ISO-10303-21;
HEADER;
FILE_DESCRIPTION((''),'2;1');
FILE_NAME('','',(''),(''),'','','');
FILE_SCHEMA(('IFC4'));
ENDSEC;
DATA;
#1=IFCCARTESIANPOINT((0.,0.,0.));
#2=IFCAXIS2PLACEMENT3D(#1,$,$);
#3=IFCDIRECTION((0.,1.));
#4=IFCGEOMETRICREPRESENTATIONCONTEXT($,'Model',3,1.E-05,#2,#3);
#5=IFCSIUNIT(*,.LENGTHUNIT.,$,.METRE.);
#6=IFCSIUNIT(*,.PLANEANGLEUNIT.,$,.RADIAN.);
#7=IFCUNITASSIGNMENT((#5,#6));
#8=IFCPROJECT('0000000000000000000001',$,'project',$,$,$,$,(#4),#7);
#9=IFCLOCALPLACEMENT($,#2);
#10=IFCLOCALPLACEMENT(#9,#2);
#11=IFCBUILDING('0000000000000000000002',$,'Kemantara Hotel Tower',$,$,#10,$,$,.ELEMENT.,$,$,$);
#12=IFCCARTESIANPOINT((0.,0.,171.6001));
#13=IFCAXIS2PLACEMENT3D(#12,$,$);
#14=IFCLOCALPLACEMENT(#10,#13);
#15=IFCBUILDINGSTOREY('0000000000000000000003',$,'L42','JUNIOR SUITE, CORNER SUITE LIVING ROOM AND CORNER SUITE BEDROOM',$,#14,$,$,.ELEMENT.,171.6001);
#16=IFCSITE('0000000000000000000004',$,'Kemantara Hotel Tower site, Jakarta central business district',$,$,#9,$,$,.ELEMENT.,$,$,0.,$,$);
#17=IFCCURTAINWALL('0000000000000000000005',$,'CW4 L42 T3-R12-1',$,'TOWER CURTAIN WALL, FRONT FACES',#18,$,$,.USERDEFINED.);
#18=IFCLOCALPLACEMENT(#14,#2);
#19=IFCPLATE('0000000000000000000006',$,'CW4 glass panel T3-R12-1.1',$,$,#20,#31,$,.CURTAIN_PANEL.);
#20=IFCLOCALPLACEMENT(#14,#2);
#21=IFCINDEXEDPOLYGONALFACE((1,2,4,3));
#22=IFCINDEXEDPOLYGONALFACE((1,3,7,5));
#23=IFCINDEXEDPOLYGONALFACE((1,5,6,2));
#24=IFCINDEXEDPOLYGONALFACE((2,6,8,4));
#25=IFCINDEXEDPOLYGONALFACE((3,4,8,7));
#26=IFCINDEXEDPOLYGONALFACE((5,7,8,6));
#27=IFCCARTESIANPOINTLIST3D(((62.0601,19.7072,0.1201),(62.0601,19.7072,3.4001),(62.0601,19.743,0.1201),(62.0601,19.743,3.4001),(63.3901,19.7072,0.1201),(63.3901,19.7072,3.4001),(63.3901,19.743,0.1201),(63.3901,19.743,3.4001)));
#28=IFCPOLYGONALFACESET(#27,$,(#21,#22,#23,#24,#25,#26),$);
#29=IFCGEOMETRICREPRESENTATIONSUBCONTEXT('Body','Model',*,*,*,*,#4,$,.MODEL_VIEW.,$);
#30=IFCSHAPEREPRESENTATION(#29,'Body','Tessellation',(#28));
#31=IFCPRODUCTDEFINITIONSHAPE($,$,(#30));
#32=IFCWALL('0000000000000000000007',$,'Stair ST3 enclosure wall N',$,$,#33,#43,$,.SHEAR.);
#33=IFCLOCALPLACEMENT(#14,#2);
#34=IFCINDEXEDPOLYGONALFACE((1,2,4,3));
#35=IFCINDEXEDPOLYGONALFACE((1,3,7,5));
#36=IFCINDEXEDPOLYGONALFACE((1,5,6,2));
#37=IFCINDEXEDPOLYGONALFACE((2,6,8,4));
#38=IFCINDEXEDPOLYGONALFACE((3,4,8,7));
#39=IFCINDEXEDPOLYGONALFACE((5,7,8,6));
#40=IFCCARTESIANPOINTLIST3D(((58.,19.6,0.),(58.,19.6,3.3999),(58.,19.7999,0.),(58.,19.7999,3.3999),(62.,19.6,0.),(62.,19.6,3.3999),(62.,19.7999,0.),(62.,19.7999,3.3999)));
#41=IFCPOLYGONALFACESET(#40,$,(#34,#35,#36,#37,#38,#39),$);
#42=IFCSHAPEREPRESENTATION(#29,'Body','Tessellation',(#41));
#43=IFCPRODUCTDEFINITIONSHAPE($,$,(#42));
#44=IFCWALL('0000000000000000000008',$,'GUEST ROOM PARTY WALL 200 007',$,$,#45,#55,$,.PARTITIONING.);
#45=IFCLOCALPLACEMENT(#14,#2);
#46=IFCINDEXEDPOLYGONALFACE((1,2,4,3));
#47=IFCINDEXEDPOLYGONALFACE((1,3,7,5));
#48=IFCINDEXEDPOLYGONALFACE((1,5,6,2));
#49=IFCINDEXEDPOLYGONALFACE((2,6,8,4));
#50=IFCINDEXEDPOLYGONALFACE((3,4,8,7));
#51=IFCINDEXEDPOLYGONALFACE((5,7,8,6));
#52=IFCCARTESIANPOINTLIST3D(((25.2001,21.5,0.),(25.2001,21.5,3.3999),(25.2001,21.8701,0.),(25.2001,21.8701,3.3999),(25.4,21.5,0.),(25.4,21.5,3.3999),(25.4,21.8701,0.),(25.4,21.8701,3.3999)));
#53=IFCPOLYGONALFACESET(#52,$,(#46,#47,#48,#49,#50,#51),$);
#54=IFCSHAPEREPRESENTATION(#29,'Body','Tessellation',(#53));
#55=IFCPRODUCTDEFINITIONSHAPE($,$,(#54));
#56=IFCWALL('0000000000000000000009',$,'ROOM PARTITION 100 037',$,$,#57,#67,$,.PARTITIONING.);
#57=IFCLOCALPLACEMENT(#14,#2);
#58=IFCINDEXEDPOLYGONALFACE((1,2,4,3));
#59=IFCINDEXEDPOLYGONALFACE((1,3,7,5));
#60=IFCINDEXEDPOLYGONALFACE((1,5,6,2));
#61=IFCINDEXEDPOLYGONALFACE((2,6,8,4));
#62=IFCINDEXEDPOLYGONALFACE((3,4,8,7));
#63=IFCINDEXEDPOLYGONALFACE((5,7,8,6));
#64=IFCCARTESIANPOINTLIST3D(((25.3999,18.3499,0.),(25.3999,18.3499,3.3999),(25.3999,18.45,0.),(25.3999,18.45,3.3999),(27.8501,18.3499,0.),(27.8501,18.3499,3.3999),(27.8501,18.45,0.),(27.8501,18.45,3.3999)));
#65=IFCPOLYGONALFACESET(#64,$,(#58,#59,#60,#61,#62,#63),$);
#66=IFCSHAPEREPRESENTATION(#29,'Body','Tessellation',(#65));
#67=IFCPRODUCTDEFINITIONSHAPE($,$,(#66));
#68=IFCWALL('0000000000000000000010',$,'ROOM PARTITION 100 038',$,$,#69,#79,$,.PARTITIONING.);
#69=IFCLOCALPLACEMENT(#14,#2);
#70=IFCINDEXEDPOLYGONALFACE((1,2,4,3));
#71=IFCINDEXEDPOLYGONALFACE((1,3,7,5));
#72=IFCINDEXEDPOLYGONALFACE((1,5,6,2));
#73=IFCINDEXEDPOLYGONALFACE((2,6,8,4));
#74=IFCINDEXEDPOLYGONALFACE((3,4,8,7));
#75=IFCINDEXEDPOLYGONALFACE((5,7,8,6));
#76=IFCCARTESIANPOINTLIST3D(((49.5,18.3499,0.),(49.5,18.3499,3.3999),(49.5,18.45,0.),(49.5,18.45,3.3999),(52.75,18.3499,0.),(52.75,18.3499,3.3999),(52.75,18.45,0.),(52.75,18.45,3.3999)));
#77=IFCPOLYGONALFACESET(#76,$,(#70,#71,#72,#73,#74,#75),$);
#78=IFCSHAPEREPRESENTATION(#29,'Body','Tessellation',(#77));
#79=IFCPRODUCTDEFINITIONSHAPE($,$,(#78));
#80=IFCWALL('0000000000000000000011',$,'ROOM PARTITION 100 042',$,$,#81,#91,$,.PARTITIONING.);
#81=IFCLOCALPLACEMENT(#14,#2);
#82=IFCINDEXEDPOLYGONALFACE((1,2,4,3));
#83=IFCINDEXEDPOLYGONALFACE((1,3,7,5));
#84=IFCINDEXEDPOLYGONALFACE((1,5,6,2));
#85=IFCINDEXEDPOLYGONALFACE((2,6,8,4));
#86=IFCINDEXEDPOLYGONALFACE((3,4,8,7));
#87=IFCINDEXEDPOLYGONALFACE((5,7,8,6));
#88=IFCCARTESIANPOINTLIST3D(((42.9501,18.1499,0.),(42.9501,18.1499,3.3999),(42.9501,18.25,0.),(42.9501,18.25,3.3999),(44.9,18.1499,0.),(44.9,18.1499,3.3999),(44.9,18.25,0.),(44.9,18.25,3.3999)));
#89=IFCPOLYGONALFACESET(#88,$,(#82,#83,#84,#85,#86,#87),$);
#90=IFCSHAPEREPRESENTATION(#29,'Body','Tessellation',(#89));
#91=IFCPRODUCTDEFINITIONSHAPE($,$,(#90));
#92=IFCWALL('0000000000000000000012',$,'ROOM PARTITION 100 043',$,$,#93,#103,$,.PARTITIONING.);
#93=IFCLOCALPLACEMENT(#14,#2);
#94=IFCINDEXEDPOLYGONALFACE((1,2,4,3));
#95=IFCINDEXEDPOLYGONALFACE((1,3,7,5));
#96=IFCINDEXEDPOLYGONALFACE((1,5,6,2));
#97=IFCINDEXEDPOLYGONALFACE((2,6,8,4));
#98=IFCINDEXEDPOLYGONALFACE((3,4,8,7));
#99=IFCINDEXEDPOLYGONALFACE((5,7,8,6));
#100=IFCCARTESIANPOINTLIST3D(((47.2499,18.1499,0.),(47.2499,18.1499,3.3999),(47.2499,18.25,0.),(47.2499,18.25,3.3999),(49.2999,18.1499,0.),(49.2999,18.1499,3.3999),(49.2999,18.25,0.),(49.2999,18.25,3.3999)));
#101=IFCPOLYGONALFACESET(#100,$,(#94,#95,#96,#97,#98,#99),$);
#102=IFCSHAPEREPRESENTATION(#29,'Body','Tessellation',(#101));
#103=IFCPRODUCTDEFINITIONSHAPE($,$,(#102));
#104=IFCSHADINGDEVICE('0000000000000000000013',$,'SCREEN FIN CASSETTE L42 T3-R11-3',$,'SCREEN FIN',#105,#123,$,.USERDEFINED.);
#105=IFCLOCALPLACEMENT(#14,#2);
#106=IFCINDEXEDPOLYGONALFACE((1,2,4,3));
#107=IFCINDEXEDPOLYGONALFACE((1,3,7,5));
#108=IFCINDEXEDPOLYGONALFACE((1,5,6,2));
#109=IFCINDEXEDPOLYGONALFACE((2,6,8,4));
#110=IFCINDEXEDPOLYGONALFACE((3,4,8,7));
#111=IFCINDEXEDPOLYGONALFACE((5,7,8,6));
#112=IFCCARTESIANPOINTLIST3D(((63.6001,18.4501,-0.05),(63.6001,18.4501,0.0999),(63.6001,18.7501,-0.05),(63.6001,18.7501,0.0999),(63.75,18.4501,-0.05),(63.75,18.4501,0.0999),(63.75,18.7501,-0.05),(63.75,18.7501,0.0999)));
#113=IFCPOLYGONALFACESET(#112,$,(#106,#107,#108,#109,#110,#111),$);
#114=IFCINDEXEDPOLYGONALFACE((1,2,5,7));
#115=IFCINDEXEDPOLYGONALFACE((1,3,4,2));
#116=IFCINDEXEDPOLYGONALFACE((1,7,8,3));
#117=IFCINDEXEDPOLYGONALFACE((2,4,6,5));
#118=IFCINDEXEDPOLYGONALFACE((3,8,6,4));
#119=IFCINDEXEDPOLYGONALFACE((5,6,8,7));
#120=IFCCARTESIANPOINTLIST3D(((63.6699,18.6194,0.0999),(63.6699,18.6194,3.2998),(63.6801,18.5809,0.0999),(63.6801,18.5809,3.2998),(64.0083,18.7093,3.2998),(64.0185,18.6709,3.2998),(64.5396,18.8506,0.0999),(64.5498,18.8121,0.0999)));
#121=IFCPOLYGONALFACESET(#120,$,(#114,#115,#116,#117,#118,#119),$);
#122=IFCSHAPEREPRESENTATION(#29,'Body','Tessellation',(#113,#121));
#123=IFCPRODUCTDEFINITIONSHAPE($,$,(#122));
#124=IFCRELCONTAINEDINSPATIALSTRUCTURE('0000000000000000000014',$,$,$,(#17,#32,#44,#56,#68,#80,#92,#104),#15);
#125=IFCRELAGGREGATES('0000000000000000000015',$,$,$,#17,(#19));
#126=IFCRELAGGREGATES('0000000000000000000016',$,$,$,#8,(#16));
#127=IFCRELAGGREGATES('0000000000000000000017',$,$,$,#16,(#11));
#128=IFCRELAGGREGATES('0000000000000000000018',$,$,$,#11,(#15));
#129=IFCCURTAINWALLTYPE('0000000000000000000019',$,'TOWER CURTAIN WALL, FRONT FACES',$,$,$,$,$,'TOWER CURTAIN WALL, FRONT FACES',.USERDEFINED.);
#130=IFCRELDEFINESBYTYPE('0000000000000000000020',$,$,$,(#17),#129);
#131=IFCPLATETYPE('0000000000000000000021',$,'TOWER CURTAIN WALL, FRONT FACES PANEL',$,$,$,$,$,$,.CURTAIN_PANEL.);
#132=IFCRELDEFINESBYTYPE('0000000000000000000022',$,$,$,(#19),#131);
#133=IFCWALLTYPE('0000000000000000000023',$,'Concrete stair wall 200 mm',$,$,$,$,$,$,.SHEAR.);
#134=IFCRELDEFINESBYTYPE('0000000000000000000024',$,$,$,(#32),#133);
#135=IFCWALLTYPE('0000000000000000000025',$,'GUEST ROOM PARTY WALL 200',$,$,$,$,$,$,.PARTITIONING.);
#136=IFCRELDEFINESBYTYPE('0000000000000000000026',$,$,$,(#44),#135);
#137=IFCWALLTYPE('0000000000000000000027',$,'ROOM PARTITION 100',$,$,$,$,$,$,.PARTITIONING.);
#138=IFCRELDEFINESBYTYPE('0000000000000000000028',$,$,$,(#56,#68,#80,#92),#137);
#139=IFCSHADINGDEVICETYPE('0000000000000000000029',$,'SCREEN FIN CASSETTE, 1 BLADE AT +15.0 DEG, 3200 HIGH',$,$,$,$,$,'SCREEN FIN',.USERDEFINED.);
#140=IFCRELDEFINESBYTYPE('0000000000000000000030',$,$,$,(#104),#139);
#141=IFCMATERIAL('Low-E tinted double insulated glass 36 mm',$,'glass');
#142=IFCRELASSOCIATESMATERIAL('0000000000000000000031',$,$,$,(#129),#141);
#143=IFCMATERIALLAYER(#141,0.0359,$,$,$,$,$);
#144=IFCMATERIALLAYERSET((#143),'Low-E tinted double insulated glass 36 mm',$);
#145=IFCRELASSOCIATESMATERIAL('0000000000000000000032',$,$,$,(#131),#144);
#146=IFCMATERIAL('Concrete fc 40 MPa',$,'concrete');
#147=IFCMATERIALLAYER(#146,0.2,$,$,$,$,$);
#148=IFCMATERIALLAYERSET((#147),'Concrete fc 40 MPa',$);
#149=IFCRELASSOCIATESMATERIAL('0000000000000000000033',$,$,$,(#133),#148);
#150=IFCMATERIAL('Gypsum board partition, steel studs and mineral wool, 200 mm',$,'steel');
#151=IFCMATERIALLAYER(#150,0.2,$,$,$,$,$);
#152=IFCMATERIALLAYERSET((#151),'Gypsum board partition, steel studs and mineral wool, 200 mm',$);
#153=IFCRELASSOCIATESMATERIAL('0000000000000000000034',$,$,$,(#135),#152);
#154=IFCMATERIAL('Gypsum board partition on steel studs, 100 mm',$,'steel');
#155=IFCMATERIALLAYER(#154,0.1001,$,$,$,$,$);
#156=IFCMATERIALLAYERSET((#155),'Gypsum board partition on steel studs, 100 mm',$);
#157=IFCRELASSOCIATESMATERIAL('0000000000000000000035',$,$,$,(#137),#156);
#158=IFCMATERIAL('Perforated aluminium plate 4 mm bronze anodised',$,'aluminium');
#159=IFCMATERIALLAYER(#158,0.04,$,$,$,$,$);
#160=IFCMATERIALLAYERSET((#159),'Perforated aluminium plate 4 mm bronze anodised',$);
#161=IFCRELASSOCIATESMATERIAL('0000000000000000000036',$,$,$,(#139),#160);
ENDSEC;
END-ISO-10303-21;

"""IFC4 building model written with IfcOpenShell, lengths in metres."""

from ifc_helpers import new_model, si_unit, direction, frame, frame_2d, origin, origin_2d, place, context, subcontext, project, spatial, polyline, rectangle, outline, extrude, source, transform, mapped, material, layer, layer_set, type_object, element, aggregate, save


model = new_model("IFC4")

# Units and contexts
model_context = context("Model", 3, precision=1e-05, world=origin(), true_north=direction((0.0, 1.0)))
body_context = subcontext(model_context, "Body", "Model", "MODEL_VIEW")
ifc_project = project(units=[si_unit("LENGTHUNIT", "METRE"), si_unit("PLANEANGLEUNIT", "RADIAN")], contexts=[model_context])

# Site, building, storey
site_placement = place(None, origin())
site = spatial("IfcSite", under=ifc_project, at=site_placement, Name="Kemantara Hotel Tower site, Jakarta central business district", CompositionType="ELEMENT", RefElevation=0.0)
building_placement = place(site_placement, origin())
building = spatial("IfcBuilding", under=site, at=building_placement, Name="Kemantara Hotel Tower", CompositionType="ELEMENT")
storey_placement = place(building_placement, frame((0.0, 0.0, 171.6001)))
storey = spatial("IfcBuildingStorey", under=building, at=storey_placement, Name="L42", Description="JUNIOR SUITE, CORNER SUITE LIVING ROOM AND CORNER SUITE BEDROOM", CompositionType="ELEMENT", Elevation=171.6001)

# Curtain wall
ifc_material_1 = material(Name="Low-E tinted double insulated glass 36 mm", Category="glass")
curtain_wall_type = type_object("IfcCurtainWallType", Name="TOWER CURTAIN WALL, FRONT FACES", ElementType="TOWER CURTAIN WALL, FRONT FACES", PredefinedType="USERDEFINED", material=ifc_material_1)
curtain_wall_1_placement = place(storey_placement, origin())
curtain_wall_1 = element("IfcCurtainWall", 1, at=curtain_wall_1_placement, inside=storey, type_object=curtain_wall_type, Name="CW4 L42 T3-R12-1", ObjectType="TOWER CURTAIN WALL, FRONT FACES", PredefinedType="USERDEFINED")

# Plate
ifc_layer_1 = layer(ifc_material_1, 0.0359)
ifc_layer_set_1 = layer_set([ifc_layer_1], Name="Low-E tinted double insulated glass 36 mm")
plate_type = type_object("IfcPlateType", Name="TOWER CURTAIN WALL, FRONT FACES PANEL", PredefinedType="CURTAIN_PANEL", material=ifc_layer_set_1)
shared_shape_1 = source(origin(), body_context, "Body", "SweptSolid", [
    extrude(rectangle(XDim=1.3301, YDim=0.0359, at=origin_2d()), origin(), (0.0, 0.0, 1.0), 3.28),
])
plate_1_placement = place(storey_placement, frame((62.7251, 19.7251, 0.1201), z_axis=(0.0, 0.0, 1.0), x_axis=(-1.0, 0.0, 0.0)))
plate_1 = element("IfcPlate", 2, at=plate_1_placement, type_object=plate_type, Name="CW4 glass panel T3-R12-1.1", PredefinedType="CURTAIN_PANEL", context=body_context, shape_type="MappedRepresentation", body=[
    mapped(shared_shape_1, transform((0.0, 0.0, 0.0))),
])
aggregate(curtain_wall_1, [plate_1])

# Walls
ifc_material_2 = material(Name="Concrete fc 40 MPa", Category="concrete")
ifc_layer_2 = layer(ifc_material_2, 0.2)
ifc_layer_set_2 = layer_set([ifc_layer_2], Name="Concrete fc 40 MPa")
wall_type_1 = type_object("IfcWallType", Name="Concrete stair wall 200 mm", PredefinedType="SHEAR", material=ifc_layer_set_2)
wall_1_placement = place(storey_placement, frame((58.0, 19.7, 0.0), z_axis=(0.0, 0.0, 1.0), x_axis=(1.0, 0.0, 0.0)))
element("IfcWall", 3, at=wall_1_placement, inside=storey, type_object=wall_type_1, Name="Stair ST3 enclosure wall N", PredefinedType="SHEAR", context=body_context, shape_type="SweptSolid", body=[
    extrude(rectangle(XDim=4.0, YDim=0.2, at=frame_2d((2.0, 0.0))), origin(), (0.0, 0.0, 1.0), 3.3999),
])
ifc_material_3 = material(Name="Gypsum board partition, steel studs and mineral wool, 200 mm", Category="steel")
ifc_layer_3 = layer(ifc_material_3, 0.2)
ifc_layer_set_3 = layer_set([ifc_layer_3], Name="Gypsum board partition, steel studs and mineral wool, 200 mm")
wall_type_2 = type_object("IfcWallType", Name="GUEST ROOM PARTY WALL 200", PredefinedType="PARTITIONING", material=ifc_layer_set_3)
wall_2_placement = place(storey_placement, frame((25.3, 21.5, 0.0), z_axis=(0.0, 0.0, 1.0), x_axis=(0.0, 1.0, 0.0)))
element("IfcWall", 4, at=wall_2_placement, inside=storey, type_object=wall_type_2, Name="GUEST ROOM PARTY WALL 200 007", PredefinedType="PARTITIONING", context=body_context, shape_type="SweptSolid", body=[
    extrude(rectangle(XDim=0.3701, YDim=0.2, at=frame_2d((0.1851, 0.0))), origin(), (0.0, 0.0, 1.0), 3.3999),
])
ifc_material_4 = material(Name="Gypsum board partition on steel studs, 100 mm", Category="steel")
ifc_layer_4 = layer(ifc_material_4, 0.1001)
ifc_layer_set_4 = layer_set([ifc_layer_4], Name="Gypsum board partition on steel studs, 100 mm")
wall_type_3 = type_object("IfcWallType", Name="ROOM PARTITION 100", PredefinedType="PARTITIONING", material=ifc_layer_set_4)
wall_3_placement = place(storey_placement, frame((25.3999, 18.3999, 0.0), z_axis=(0.0, 0.0, 1.0), x_axis=(1.0, 0.0, 0.0)))
element("IfcWall", 5, at=wall_3_placement, inside=storey, type_object=wall_type_3, Name="ROOM PARTITION 100 037", PredefinedType="PARTITIONING", context=body_context, shape_type="SweptSolid", body=[
    extrude(rectangle(XDim=2.4502, YDim=0.1001, at=frame_2d((1.2251, 0.0))), origin(), (0.0, 0.0, 1.0), 3.3999),
])
wall_4_placement = place(storey_placement, frame((49.5, 18.3999, 0.0), z_axis=(0.0, 0.0, 1.0), x_axis=(1.0, 0.0, 0.0)))
element("IfcWall", 6, at=wall_4_placement, inside=storey, type_object=wall_type_3, Name="ROOM PARTITION 100 038", PredefinedType="PARTITIONING", context=body_context, shape_type="SweptSolid", body=[
    extrude(rectangle(XDim=3.25, YDim=0.1001, at=frame_2d((1.625, 0.0))), origin(), (0.0, 0.0, 1.0), 3.3999),
])
wall_5_placement = place(storey_placement, frame((42.95, 18.2, 0.0), z_axis=(0.0, 0.0, 1.0), x_axis=(1.0, 0.0, 0.0)))
element("IfcWall", 7, at=wall_5_placement, inside=storey, type_object=wall_type_3, Name="ROOM PARTITION 100 042", PredefinedType="PARTITIONING", context=body_context, shape_type="SweptSolid", body=[
    extrude(rectangle(XDim=1.95, YDim=0.1001, at=frame_2d((0.9751, 0.0))), origin(), (0.0, 0.0, 1.0), 3.3999),
])
wall_6_placement = place(storey_placement, frame((47.25, 18.2, 0.0), z_axis=(0.0, 0.0, 1.0), x_axis=(1.0, 0.0, 0.0)))
element("IfcWall", 8, at=wall_6_placement, inside=storey, type_object=wall_type_3, Name="ROOM PARTITION 100 043", PredefinedType="PARTITIONING", context=body_context, shape_type="SweptSolid", body=[
    extrude(rectangle(XDim=2.05, YDim=0.1001, at=frame_2d((1.0249, 0.0))), origin(), (0.0, 0.0, 1.0), 3.3999),
])

# Shading device
ifc_material_5 = material(Name="Perforated aluminium plate 4 mm bronze anodised", Category="aluminium")
ifc_layer_5 = layer(ifc_material_5, 0.04)
ifc_layer_set_5 = layer_set([ifc_layer_5], Name="Perforated aluminium plate 4 mm bronze anodised")
shading_device_type = type_object("IfcShadingDeviceType", Name="SCREEN FIN CASSETTE, 1 BLADE AT +15.0 DEG, 3200 HIGH", ElementType="SCREEN FIN", PredefinedType="USERDEFINED", material=ifc_layer_set_5)
shared_shape_2 = source(origin(), body_context, "Body", "SweptSolid", [
    extrude(rectangle(XDim=0.3, YDim=0.1499, at=origin_2d()), frame((0.0, -0.075, -0.1499), z_axis=(0.0, 0.0, 1.0), x_axis=(1.0, 0.0, 0.0)), (0.0, 0.0, 1.0), 0.1499),
    extrude(outline(polyline([(0.0, 0.0), (0.8999, 0.0), (0.3501, 3.2), (0.0, 3.2), (0.0, 0.0)])), frame((0.0193, -0.0698, 0.0), z_axis=(-0.966438, -0.256901, 0.0), x_axis=(0.256901, -0.966438, 0.0)), (0.0, 0.0, 1.0), 0.0398),
])
shading_device_placement = place(storey_placement, frame((63.6001, 18.6001, 0.0999), z_axis=(0.0, 0.0, 1.0), x_axis=(0.0, 1.0, 0.0)))
element("IfcShadingDevice", 9, at=shading_device_placement, inside=storey, type_object=shading_device_type, Name="SCREEN FIN CASSETTE L42 T3-R11-3", ObjectType="SCREEN FIN", PredefinedType="USERDEFINED", context=body_context, shape_type="MappedRepresentation", body=[
    mapped(shared_shape_2, transform((0.0, 0.0, 0.0))),
])

save(model, "model.ifc")
